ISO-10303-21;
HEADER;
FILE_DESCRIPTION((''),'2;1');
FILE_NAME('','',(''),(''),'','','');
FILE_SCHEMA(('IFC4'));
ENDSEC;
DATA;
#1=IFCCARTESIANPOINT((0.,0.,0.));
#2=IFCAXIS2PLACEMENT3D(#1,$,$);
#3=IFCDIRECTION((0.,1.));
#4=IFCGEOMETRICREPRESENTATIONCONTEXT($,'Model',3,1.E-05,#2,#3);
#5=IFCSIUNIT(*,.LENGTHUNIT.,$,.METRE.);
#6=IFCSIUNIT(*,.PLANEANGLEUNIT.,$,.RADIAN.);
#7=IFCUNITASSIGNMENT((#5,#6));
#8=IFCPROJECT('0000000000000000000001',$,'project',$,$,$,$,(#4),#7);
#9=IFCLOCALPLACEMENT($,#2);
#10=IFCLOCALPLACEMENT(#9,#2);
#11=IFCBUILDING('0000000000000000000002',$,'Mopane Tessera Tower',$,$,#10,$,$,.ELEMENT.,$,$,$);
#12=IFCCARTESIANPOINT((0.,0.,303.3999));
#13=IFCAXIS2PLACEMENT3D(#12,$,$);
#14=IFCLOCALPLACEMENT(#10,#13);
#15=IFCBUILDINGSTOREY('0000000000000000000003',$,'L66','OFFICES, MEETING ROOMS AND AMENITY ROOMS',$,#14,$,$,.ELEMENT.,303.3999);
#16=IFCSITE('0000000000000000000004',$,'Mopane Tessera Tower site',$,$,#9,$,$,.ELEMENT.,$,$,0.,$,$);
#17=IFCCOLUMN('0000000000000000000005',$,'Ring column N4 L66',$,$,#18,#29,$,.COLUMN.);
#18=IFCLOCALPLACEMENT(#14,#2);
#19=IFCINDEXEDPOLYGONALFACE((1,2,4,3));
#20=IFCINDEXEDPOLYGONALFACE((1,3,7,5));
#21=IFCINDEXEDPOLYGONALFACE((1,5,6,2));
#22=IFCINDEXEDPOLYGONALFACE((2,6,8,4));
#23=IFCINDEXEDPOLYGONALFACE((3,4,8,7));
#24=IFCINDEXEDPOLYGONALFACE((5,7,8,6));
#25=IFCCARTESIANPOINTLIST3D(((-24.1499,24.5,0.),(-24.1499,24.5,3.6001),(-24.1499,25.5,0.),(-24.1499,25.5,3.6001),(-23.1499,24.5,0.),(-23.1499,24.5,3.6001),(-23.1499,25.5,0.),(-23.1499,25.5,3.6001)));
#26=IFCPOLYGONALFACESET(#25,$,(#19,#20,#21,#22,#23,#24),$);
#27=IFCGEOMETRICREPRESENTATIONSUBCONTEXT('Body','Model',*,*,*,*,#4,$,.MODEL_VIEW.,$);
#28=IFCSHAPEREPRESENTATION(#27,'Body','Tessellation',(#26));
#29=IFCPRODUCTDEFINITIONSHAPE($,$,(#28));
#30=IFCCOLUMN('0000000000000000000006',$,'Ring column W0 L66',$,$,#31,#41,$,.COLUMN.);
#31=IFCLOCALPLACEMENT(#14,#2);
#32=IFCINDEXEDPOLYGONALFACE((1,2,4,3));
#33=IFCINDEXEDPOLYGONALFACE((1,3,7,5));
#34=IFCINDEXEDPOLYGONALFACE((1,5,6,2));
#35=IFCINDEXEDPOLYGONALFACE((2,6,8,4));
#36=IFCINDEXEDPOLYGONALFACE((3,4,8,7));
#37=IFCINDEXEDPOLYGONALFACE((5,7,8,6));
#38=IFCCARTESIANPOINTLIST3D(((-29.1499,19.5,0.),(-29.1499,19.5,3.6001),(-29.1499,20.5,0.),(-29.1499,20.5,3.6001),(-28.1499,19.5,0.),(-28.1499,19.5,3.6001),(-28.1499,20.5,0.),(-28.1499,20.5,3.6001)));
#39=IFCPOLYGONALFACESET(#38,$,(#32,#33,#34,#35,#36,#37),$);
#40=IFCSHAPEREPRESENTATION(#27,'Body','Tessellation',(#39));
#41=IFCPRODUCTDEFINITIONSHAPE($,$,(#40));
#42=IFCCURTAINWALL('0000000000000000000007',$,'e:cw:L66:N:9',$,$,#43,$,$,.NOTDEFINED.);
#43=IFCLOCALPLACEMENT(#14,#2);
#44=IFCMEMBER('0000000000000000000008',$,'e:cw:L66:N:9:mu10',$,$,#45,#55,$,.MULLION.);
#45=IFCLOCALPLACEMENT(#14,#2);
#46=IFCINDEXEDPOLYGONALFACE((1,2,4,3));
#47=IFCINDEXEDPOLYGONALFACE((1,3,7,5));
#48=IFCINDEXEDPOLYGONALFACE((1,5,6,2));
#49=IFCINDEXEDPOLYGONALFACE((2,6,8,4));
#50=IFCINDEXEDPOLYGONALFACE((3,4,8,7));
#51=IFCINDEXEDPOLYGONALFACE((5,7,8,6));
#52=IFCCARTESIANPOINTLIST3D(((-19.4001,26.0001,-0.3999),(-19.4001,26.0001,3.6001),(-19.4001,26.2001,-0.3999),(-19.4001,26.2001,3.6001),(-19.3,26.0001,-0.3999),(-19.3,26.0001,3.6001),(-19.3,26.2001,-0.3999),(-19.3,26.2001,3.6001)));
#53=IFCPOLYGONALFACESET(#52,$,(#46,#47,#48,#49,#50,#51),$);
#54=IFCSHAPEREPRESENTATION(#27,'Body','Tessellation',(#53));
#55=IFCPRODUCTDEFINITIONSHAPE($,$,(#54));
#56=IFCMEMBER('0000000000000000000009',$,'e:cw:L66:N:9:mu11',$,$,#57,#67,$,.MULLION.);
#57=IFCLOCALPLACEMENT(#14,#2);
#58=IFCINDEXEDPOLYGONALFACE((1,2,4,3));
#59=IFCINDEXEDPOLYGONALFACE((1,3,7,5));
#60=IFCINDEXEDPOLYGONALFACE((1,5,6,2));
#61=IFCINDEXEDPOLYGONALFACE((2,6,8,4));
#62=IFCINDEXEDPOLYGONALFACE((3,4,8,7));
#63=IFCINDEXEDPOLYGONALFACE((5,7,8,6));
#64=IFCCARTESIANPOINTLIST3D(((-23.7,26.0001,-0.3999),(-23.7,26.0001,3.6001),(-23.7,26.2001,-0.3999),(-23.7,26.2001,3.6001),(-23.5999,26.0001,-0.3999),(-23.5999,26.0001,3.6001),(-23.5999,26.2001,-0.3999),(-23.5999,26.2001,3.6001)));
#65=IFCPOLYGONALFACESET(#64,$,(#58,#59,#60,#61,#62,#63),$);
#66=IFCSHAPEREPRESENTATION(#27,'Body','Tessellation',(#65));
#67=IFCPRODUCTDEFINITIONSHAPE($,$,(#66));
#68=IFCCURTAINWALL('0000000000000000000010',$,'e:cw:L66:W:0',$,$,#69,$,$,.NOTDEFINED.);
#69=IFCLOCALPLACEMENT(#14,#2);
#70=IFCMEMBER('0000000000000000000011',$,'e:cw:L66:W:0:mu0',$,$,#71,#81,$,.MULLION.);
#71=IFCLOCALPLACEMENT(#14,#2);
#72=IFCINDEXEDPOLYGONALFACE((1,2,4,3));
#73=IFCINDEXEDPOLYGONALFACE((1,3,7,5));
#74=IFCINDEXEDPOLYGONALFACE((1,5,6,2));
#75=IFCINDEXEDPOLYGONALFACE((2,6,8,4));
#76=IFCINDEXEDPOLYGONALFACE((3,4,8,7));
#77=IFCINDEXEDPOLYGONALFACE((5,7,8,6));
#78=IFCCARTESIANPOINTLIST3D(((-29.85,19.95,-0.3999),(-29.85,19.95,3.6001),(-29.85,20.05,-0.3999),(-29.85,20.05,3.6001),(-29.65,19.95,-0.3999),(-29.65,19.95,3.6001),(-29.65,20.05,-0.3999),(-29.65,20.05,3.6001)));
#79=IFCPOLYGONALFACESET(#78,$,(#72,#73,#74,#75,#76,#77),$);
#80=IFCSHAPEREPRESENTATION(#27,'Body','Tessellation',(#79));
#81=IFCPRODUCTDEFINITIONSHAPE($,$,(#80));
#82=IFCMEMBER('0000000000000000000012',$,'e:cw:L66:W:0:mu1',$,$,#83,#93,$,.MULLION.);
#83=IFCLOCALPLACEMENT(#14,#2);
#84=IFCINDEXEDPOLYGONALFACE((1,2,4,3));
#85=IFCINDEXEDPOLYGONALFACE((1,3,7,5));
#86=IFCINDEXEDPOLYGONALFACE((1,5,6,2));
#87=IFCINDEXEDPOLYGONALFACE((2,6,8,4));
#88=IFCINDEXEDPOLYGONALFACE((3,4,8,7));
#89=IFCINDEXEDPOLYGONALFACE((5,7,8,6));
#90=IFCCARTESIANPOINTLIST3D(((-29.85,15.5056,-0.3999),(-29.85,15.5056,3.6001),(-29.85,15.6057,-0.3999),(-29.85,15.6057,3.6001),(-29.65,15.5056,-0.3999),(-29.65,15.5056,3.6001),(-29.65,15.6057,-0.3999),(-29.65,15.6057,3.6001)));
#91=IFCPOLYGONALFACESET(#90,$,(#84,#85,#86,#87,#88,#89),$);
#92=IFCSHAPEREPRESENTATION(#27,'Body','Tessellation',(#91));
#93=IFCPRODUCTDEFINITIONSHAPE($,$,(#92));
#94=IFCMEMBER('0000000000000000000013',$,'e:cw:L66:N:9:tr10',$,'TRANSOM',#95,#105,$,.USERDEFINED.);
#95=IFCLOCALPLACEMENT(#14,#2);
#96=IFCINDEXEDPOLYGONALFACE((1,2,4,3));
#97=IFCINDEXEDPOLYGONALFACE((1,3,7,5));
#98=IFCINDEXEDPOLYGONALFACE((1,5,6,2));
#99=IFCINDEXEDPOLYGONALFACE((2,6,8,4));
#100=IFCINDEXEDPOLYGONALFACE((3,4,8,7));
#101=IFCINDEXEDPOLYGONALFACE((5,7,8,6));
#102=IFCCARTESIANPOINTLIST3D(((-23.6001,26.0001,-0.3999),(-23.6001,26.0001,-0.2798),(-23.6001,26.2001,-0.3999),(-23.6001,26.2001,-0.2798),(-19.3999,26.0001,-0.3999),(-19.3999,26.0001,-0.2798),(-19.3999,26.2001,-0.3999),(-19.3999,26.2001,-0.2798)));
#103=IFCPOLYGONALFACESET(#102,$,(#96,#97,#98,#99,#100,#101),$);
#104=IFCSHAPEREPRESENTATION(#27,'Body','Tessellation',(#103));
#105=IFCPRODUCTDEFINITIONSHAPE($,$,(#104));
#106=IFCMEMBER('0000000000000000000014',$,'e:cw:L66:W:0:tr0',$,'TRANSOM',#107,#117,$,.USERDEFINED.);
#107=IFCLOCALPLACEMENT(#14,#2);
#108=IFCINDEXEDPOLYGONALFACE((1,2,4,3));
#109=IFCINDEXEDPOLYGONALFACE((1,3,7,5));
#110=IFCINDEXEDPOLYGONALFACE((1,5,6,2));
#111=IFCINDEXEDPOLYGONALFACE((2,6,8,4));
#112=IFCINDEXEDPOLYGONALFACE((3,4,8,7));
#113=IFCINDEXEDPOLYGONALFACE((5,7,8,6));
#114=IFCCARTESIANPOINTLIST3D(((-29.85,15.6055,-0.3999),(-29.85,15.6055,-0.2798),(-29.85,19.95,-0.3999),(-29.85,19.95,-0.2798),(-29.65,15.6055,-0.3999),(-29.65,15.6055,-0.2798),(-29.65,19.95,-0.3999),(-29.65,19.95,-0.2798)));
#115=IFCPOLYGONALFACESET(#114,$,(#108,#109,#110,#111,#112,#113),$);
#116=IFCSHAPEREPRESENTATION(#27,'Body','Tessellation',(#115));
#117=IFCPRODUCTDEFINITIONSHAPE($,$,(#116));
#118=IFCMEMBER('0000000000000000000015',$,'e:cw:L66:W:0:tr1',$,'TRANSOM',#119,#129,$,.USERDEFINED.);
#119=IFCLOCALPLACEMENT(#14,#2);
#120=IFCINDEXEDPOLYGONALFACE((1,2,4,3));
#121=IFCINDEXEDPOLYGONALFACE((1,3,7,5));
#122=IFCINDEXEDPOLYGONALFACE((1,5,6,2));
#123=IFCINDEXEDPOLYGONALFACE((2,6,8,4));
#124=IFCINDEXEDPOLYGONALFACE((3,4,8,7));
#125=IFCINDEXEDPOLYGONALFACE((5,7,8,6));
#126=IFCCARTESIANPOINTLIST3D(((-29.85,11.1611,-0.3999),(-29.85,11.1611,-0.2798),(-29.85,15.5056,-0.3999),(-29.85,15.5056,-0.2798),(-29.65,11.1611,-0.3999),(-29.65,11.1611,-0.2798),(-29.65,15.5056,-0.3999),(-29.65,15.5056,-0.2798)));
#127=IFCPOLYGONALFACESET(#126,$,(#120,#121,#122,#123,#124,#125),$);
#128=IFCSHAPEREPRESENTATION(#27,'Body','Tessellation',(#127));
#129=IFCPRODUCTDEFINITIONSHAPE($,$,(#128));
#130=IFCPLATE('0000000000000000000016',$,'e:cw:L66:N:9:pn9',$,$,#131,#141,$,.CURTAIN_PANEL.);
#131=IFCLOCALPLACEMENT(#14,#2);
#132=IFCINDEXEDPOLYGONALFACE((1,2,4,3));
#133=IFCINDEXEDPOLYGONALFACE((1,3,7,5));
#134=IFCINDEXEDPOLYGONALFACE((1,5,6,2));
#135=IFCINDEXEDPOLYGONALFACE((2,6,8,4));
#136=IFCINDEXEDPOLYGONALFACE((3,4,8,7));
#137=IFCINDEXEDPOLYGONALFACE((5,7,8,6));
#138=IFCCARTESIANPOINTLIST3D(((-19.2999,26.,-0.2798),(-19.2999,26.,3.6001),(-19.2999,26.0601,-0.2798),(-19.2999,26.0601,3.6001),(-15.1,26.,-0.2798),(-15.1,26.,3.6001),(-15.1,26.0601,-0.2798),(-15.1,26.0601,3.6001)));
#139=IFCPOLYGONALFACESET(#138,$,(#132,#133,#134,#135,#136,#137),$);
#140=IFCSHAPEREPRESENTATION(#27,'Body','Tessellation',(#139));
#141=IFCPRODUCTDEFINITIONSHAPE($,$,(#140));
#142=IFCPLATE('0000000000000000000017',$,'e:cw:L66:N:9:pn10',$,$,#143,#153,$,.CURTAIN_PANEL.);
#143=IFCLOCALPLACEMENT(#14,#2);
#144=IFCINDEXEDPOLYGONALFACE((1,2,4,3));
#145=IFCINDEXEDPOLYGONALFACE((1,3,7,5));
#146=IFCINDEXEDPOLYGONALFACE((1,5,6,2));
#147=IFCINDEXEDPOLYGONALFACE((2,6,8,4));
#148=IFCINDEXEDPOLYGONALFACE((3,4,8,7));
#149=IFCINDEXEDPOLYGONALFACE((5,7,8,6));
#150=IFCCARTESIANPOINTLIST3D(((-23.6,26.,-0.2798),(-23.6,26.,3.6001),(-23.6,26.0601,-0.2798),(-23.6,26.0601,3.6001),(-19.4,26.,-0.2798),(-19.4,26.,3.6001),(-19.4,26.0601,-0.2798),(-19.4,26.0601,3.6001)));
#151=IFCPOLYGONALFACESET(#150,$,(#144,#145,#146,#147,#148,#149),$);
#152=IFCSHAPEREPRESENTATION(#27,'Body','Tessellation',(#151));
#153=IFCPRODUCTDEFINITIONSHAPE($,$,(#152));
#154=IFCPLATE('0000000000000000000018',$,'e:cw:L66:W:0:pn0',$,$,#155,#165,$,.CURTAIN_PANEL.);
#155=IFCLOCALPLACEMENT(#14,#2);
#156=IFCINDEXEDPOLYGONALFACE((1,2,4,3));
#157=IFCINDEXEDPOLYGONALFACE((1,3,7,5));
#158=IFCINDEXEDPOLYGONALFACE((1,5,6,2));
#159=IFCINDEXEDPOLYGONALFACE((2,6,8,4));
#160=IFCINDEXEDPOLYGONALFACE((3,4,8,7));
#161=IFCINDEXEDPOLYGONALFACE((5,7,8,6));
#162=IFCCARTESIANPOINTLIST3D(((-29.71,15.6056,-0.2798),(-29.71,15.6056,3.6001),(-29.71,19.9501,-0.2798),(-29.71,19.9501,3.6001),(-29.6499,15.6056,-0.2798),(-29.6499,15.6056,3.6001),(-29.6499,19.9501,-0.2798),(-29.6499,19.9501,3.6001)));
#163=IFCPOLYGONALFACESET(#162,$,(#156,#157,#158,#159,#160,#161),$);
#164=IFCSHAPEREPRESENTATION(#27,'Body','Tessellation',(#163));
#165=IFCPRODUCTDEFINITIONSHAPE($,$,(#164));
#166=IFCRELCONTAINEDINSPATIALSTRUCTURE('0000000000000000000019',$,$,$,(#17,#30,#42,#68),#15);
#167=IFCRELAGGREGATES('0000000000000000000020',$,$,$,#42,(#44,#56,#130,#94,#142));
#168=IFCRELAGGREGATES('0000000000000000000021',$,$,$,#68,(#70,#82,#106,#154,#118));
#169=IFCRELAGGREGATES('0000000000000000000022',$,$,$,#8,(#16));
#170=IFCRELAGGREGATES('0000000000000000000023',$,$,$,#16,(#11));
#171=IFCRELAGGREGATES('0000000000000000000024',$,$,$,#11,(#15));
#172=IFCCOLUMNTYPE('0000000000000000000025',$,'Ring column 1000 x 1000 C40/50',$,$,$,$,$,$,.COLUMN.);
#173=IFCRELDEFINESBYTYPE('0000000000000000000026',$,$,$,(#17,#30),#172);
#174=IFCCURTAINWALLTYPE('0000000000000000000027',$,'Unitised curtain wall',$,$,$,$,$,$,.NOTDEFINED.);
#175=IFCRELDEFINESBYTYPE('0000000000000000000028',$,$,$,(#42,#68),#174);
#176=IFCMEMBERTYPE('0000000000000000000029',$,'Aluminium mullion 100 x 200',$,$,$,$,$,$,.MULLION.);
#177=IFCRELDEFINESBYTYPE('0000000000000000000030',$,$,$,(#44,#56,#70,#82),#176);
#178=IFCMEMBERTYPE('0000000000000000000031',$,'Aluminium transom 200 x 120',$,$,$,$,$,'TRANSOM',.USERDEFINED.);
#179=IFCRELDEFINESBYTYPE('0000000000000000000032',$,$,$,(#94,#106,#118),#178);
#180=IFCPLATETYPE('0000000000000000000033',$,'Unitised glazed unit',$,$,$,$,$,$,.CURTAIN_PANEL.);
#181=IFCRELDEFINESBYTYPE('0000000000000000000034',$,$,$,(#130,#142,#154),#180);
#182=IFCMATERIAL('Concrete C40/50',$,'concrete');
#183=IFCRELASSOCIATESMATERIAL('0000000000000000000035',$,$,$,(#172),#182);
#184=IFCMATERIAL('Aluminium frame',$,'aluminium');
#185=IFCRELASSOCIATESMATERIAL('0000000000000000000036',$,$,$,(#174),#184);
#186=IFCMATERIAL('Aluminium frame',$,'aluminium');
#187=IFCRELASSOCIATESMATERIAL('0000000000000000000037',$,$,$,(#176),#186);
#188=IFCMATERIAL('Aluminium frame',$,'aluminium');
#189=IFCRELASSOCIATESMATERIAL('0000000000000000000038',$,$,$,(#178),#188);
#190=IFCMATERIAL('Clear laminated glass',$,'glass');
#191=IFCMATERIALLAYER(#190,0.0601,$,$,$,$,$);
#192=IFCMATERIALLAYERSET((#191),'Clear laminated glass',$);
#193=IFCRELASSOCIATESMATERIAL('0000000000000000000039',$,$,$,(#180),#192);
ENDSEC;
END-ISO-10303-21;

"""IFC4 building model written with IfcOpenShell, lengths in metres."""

from ifc_helpers import new_model, si_unit, direction, frame, origin, origin_2d, place, context, subcontext, project, spatial, rectangle, extrude, material, layer, layer_set, material_profile, profile_set, type_object, element, aggregate, save


model = new_model("IFC4")

# Units and contexts
model_context = context("Model", 3, precision=1e-05, world=origin(), true_north=direction((0.0, 1.0)))
body_context = subcontext(model_context, "Body", "Model", "MODEL_VIEW")
ifc_project = project(units=[si_unit("LENGTHUNIT", "METRE"), si_unit("PLANEANGLEUNIT", "RADIAN")], contexts=[model_context])

# Site, building, storey
site_placement = place(None, origin())
site = spatial("IfcSite", under=ifc_project, at=site_placement, Name="Mopane Tessera Tower site", CompositionType="ELEMENT", RefElevation=0.0)
building_placement = place(site_placement, origin())
building = spatial("IfcBuilding", under=site, at=building_placement, Name="Mopane Tessera Tower", CompositionType="ELEMENT")
storey_placement = place(building_placement, frame((0.0, 0.0, 303.3999)))
storey = spatial("IfcBuildingStorey", under=building, at=storey_placement, Name="L66", Description="OFFICES, MEETING ROOMS AND AMENITY ROOMS", CompositionType="ELEMENT", Elevation=303.3999)

# Columns
ifc_material_1 = material(Name="Concrete C40/50", Category="concrete")
ifc_material_profile_1 = material_profile(ifc_material_1, rectangle(XDim=1.0, YDim=1.0, at=origin_2d()))
ifc_profile_set_1 = profile_set([ifc_material_profile_1], Name="Concrete C40/50")
column_type = type_object("IfcColumnType", Name="Ring column 1000 x 1000 C40/50", PredefinedType="COLUMN", material=ifc_profile_set_1)
for number, where, z_axis, x_axis, name in (
    (1, (-23.6499, 25.0, 0.0), (0.0, 0.0, 1.0), (1.0, 0.0, 0.0), "Ring column N4 L66"),
    (2, (-28.6499, 20.0, 0.0), (0.0, 0.0, 1.0), (1.0, 0.0, 0.0), "Ring column W0 L66"),
):
    element("IfcColumn", number, at=place(storey_placement, frame(where, z_axis=z_axis, x_axis=x_axis)), inside=storey, type_object=column_type, Name=name, PredefinedType="COLUMN", context=body_context, shape_type="SweptSolid", body=[
        extrude(rectangle(XDim=1.0, YDim=1.0, at=origin_2d()), origin(), (0.0, 0.0, 1.0), 3.6001),
    ])

# Curtain walls, members
ifc_material_2 = material(Name="Aluminium frame", Category="aluminium")
curtain_wall_type = type_object("IfcCurtainWallType", Name="Unitised curtain wall", PredefinedType="NOTDEFINED", material=ifc_material_2)
curtain_wall_1_placement = place(storey_placement, origin())
curtain_wall_1 = element("IfcCurtainWall", 3, at=curtain_wall_1_placement, inside=storey, type_object=curtain_wall_type, Name="e:cw:L66:N:9", PredefinedType="NOTDEFINED")
ifc_material_3 = material(Name="Aluminium frame", Category="aluminium")
ifc_material_profile_2 = material_profile(ifc_material_3, rectangle(XDim=0.1001, YDim=0.2, at=origin_2d()))
ifc_profile_set_2 = profile_set([ifc_material_profile_2], Name="Aluminium frame")
member_type_1 = type_object("IfcMemberType", Name="Aluminium mullion 100 x 200", PredefinedType="MULLION", material=ifc_profile_set_2)
member_1_placement = place(storey_placement, frame((-19.3501, 26.1001, -0.3999), z_axis=(0.0, 0.0, 1.0), x_axis=(-1.0, 0.0, 0.0)))
member_1 = element("IfcMember", 4, at=member_1_placement, type_object=member_type_1, Name="e:cw:L66:N:9:mu10", PredefinedType="MULLION", context=body_context, shape_type="SweptSolid", body=[
    extrude(rectangle(XDim=0.1001, YDim=0.2, at=origin_2d()), origin(), (0.0, 0.0, 1.0), 4.0),
])
member_2_placement = place(storey_placement, frame((-23.6499, 26.1001, -0.3999), z_axis=(0.0, 0.0, 1.0), x_axis=(-1.0, 0.0, 0.0)))
member_2 = element("IfcMember", 5, at=member_2_placement, type_object=member_type_1, Name="e:cw:L66:N:9:mu11", PredefinedType="MULLION", context=body_context, shape_type="SweptSolid", body=[
    extrude(rectangle(XDim=0.1001, YDim=0.2, at=origin_2d()), origin(), (0.0, 0.0, 1.0), 4.0),
])
curtain_wall_2_placement = place(storey_placement, origin())
curtain_wall_2 = element("IfcCurtainWall", 6, at=curtain_wall_2_placement, inside=storey, type_object=curtain_wall_type, Name="e:cw:L66:W:0", PredefinedType="NOTDEFINED")
member_3_placement = place(storey_placement, frame((-29.75, 20.0, -0.3999), z_axis=(0.0, 0.0, 1.0), x_axis=(0.0, -1.0, 0.0)))
member_3 = element("IfcMember", 7, at=member_3_placement, type_object=member_type_1, Name="e:cw:L66:W:0:mu0", PredefinedType="MULLION", context=body_context, shape_type="SweptSolid", body=[
    extrude(rectangle(XDim=0.1001, YDim=0.2, at=origin_2d()), origin(), (0.0, 0.0, 1.0), 4.0),
])
member_4_placement = place(storey_placement, frame((-29.75, 15.5557, -0.3999), z_axis=(0.0, 0.0, 1.0), x_axis=(0.0, -1.0, 0.0)))
member_4 = element("IfcMember", 8, at=member_4_placement, type_object=member_type_1, Name="e:cw:L66:W:0:mu1", PredefinedType="MULLION", context=body_context, shape_type="SweptSolid", body=[
    extrude(rectangle(XDim=0.1001, YDim=0.2, at=origin_2d()), origin(), (0.0, 0.0, 1.0), 4.0),
])

# Members
ifc_material_4 = material(Name="Aluminium frame", Category="aluminium")
ifc_material_profile_3 = material_profile(ifc_material_4, rectangle(XDim=0.2, YDim=0.1201, at=origin_2d()))
ifc_profile_set_3 = profile_set([ifc_material_profile_3], Name="Aluminium frame")
member_type_2 = type_object("IfcMemberType", Name="Aluminium transom 200 x 120", ElementType="TRANSOM", PredefinedType="USERDEFINED", material=ifc_profile_set_3)
member_5_placement = place(storey_placement, frame((-19.3999, 26.1001, -0.3398), z_axis=(-1.0, 0.0, 0.0), x_axis=(0.0, -1.0, 0.0)))
member_5 = element("IfcMember", 9, at=member_5_placement, type_object=member_type_2, Name="e:cw:L66:N:9:tr10", ObjectType="TRANSOM", PredefinedType="USERDEFINED", context=body_context, shape_type="SweptSolid", body=[
    extrude(rectangle(XDim=0.2, YDim=0.1201, at=origin_2d()), origin(), (0.0, 0.0, 1.0), 4.2002),
])
member_6_placement = place(storey_placement, frame((-29.75, 19.95, -0.3398), z_axis=(0.0, -1.0, 0.0), x_axis=(1.0, 0.0, 0.0)))
member_6 = element("IfcMember", 10, at=member_6_placement, type_object=member_type_2, Name="e:cw:L66:W:0:tr0", ObjectType="TRANSOM", PredefinedType="USERDEFINED", context=body_context, shape_type="SweptSolid", body=[
    extrude(rectangle(XDim=0.2, YDim=0.1201, at=origin_2d()), origin(), (0.0, 0.0, 1.0), 4.3445),
])
member_7_placement = place(storey_placement, frame((-29.75, 15.5056, -0.3398), z_axis=(0.0, -1.0, 0.0), x_axis=(1.0, 0.0, 0.0)))
member_7 = element("IfcMember", 11, at=member_7_placement, type_object=member_type_2, Name="e:cw:L66:W:0:tr1", ObjectType="TRANSOM", PredefinedType="USERDEFINED", context=body_context, shape_type="SweptSolid", body=[
    extrude(rectangle(XDim=0.2, YDim=0.1201, at=origin_2d()), origin(), (0.0, 0.0, 1.0), 4.3445),
])

# Plates
ifc_material_5 = material(Name="Clear laminated glass", Category="glass")
ifc_layer_1 = layer(ifc_material_5, 0.0601)
ifc_layer_set_1 = layer_set([ifc_layer_1], Name="Clear laminated glass")
plate_type = type_object("IfcPlateType", Name="Unitised glazed unit", PredefinedType="CURTAIN_PANEL", material=ifc_layer_set_1)
plate_1_placement = place(storey_placement, frame((-17.2, 26.03, -0.2798), z_axis=(0.0, 0.0, 1.0), x_axis=(-1.0, 0.0, 0.0)))
plate_1 = element("IfcPlate", 12, at=plate_1_placement, type_object=plate_type, Name="e:cw:L66:N:9:pn9", PredefinedType="CURTAIN_PANEL", context=body_context, shape_type="SweptSolid", body=[
    extrude(rectangle(XDim=4.2, YDim=0.0601, at=origin_2d()), origin(), (0.0, 0.0, 1.0), 3.8799),
])
plate_2_placement = place(storey_placement, frame((-21.5, 26.03, -0.2798), z_axis=(0.0, 0.0, 1.0), x_axis=(-1.0, 0.0, 0.0)))
plate_2 = element("IfcPlate", 13, at=plate_2_placement, type_object=plate_type, Name="e:cw:L66:N:9:pn10", PredefinedType="CURTAIN_PANEL", context=body_context, shape_type="SweptSolid", body=[
    extrude(rectangle(XDim=4.2, YDim=0.0601, at=origin_2d()), origin(), (0.0, 0.0, 1.0), 3.8799),
])
aggregate(curtain_wall_1, [member_1, member_2, plate_1, member_5, plate_2])
plate_3_placement = place(storey_placement, frame((-29.6799, 17.7778, -0.2798), z_axis=(0.0, 0.0, 1.0), x_axis=(0.0, -1.0, 0.0)))
plate_3 = element("IfcPlate", 14, at=plate_3_placement, type_object=plate_type, Name="e:cw:L66:W:0:pn0", PredefinedType="CURTAIN_PANEL", context=body_context, shape_type="SweptSolid", body=[
    extrude(rectangle(XDim=4.3445, YDim=0.0601, at=origin_2d()), origin(), (0.0, 0.0, 1.0), 3.8799),
])
aggregate(curtain_wall_2, [member_3, member_4, member_6, plate_3, member_7])

save(model, "model.ifc")
